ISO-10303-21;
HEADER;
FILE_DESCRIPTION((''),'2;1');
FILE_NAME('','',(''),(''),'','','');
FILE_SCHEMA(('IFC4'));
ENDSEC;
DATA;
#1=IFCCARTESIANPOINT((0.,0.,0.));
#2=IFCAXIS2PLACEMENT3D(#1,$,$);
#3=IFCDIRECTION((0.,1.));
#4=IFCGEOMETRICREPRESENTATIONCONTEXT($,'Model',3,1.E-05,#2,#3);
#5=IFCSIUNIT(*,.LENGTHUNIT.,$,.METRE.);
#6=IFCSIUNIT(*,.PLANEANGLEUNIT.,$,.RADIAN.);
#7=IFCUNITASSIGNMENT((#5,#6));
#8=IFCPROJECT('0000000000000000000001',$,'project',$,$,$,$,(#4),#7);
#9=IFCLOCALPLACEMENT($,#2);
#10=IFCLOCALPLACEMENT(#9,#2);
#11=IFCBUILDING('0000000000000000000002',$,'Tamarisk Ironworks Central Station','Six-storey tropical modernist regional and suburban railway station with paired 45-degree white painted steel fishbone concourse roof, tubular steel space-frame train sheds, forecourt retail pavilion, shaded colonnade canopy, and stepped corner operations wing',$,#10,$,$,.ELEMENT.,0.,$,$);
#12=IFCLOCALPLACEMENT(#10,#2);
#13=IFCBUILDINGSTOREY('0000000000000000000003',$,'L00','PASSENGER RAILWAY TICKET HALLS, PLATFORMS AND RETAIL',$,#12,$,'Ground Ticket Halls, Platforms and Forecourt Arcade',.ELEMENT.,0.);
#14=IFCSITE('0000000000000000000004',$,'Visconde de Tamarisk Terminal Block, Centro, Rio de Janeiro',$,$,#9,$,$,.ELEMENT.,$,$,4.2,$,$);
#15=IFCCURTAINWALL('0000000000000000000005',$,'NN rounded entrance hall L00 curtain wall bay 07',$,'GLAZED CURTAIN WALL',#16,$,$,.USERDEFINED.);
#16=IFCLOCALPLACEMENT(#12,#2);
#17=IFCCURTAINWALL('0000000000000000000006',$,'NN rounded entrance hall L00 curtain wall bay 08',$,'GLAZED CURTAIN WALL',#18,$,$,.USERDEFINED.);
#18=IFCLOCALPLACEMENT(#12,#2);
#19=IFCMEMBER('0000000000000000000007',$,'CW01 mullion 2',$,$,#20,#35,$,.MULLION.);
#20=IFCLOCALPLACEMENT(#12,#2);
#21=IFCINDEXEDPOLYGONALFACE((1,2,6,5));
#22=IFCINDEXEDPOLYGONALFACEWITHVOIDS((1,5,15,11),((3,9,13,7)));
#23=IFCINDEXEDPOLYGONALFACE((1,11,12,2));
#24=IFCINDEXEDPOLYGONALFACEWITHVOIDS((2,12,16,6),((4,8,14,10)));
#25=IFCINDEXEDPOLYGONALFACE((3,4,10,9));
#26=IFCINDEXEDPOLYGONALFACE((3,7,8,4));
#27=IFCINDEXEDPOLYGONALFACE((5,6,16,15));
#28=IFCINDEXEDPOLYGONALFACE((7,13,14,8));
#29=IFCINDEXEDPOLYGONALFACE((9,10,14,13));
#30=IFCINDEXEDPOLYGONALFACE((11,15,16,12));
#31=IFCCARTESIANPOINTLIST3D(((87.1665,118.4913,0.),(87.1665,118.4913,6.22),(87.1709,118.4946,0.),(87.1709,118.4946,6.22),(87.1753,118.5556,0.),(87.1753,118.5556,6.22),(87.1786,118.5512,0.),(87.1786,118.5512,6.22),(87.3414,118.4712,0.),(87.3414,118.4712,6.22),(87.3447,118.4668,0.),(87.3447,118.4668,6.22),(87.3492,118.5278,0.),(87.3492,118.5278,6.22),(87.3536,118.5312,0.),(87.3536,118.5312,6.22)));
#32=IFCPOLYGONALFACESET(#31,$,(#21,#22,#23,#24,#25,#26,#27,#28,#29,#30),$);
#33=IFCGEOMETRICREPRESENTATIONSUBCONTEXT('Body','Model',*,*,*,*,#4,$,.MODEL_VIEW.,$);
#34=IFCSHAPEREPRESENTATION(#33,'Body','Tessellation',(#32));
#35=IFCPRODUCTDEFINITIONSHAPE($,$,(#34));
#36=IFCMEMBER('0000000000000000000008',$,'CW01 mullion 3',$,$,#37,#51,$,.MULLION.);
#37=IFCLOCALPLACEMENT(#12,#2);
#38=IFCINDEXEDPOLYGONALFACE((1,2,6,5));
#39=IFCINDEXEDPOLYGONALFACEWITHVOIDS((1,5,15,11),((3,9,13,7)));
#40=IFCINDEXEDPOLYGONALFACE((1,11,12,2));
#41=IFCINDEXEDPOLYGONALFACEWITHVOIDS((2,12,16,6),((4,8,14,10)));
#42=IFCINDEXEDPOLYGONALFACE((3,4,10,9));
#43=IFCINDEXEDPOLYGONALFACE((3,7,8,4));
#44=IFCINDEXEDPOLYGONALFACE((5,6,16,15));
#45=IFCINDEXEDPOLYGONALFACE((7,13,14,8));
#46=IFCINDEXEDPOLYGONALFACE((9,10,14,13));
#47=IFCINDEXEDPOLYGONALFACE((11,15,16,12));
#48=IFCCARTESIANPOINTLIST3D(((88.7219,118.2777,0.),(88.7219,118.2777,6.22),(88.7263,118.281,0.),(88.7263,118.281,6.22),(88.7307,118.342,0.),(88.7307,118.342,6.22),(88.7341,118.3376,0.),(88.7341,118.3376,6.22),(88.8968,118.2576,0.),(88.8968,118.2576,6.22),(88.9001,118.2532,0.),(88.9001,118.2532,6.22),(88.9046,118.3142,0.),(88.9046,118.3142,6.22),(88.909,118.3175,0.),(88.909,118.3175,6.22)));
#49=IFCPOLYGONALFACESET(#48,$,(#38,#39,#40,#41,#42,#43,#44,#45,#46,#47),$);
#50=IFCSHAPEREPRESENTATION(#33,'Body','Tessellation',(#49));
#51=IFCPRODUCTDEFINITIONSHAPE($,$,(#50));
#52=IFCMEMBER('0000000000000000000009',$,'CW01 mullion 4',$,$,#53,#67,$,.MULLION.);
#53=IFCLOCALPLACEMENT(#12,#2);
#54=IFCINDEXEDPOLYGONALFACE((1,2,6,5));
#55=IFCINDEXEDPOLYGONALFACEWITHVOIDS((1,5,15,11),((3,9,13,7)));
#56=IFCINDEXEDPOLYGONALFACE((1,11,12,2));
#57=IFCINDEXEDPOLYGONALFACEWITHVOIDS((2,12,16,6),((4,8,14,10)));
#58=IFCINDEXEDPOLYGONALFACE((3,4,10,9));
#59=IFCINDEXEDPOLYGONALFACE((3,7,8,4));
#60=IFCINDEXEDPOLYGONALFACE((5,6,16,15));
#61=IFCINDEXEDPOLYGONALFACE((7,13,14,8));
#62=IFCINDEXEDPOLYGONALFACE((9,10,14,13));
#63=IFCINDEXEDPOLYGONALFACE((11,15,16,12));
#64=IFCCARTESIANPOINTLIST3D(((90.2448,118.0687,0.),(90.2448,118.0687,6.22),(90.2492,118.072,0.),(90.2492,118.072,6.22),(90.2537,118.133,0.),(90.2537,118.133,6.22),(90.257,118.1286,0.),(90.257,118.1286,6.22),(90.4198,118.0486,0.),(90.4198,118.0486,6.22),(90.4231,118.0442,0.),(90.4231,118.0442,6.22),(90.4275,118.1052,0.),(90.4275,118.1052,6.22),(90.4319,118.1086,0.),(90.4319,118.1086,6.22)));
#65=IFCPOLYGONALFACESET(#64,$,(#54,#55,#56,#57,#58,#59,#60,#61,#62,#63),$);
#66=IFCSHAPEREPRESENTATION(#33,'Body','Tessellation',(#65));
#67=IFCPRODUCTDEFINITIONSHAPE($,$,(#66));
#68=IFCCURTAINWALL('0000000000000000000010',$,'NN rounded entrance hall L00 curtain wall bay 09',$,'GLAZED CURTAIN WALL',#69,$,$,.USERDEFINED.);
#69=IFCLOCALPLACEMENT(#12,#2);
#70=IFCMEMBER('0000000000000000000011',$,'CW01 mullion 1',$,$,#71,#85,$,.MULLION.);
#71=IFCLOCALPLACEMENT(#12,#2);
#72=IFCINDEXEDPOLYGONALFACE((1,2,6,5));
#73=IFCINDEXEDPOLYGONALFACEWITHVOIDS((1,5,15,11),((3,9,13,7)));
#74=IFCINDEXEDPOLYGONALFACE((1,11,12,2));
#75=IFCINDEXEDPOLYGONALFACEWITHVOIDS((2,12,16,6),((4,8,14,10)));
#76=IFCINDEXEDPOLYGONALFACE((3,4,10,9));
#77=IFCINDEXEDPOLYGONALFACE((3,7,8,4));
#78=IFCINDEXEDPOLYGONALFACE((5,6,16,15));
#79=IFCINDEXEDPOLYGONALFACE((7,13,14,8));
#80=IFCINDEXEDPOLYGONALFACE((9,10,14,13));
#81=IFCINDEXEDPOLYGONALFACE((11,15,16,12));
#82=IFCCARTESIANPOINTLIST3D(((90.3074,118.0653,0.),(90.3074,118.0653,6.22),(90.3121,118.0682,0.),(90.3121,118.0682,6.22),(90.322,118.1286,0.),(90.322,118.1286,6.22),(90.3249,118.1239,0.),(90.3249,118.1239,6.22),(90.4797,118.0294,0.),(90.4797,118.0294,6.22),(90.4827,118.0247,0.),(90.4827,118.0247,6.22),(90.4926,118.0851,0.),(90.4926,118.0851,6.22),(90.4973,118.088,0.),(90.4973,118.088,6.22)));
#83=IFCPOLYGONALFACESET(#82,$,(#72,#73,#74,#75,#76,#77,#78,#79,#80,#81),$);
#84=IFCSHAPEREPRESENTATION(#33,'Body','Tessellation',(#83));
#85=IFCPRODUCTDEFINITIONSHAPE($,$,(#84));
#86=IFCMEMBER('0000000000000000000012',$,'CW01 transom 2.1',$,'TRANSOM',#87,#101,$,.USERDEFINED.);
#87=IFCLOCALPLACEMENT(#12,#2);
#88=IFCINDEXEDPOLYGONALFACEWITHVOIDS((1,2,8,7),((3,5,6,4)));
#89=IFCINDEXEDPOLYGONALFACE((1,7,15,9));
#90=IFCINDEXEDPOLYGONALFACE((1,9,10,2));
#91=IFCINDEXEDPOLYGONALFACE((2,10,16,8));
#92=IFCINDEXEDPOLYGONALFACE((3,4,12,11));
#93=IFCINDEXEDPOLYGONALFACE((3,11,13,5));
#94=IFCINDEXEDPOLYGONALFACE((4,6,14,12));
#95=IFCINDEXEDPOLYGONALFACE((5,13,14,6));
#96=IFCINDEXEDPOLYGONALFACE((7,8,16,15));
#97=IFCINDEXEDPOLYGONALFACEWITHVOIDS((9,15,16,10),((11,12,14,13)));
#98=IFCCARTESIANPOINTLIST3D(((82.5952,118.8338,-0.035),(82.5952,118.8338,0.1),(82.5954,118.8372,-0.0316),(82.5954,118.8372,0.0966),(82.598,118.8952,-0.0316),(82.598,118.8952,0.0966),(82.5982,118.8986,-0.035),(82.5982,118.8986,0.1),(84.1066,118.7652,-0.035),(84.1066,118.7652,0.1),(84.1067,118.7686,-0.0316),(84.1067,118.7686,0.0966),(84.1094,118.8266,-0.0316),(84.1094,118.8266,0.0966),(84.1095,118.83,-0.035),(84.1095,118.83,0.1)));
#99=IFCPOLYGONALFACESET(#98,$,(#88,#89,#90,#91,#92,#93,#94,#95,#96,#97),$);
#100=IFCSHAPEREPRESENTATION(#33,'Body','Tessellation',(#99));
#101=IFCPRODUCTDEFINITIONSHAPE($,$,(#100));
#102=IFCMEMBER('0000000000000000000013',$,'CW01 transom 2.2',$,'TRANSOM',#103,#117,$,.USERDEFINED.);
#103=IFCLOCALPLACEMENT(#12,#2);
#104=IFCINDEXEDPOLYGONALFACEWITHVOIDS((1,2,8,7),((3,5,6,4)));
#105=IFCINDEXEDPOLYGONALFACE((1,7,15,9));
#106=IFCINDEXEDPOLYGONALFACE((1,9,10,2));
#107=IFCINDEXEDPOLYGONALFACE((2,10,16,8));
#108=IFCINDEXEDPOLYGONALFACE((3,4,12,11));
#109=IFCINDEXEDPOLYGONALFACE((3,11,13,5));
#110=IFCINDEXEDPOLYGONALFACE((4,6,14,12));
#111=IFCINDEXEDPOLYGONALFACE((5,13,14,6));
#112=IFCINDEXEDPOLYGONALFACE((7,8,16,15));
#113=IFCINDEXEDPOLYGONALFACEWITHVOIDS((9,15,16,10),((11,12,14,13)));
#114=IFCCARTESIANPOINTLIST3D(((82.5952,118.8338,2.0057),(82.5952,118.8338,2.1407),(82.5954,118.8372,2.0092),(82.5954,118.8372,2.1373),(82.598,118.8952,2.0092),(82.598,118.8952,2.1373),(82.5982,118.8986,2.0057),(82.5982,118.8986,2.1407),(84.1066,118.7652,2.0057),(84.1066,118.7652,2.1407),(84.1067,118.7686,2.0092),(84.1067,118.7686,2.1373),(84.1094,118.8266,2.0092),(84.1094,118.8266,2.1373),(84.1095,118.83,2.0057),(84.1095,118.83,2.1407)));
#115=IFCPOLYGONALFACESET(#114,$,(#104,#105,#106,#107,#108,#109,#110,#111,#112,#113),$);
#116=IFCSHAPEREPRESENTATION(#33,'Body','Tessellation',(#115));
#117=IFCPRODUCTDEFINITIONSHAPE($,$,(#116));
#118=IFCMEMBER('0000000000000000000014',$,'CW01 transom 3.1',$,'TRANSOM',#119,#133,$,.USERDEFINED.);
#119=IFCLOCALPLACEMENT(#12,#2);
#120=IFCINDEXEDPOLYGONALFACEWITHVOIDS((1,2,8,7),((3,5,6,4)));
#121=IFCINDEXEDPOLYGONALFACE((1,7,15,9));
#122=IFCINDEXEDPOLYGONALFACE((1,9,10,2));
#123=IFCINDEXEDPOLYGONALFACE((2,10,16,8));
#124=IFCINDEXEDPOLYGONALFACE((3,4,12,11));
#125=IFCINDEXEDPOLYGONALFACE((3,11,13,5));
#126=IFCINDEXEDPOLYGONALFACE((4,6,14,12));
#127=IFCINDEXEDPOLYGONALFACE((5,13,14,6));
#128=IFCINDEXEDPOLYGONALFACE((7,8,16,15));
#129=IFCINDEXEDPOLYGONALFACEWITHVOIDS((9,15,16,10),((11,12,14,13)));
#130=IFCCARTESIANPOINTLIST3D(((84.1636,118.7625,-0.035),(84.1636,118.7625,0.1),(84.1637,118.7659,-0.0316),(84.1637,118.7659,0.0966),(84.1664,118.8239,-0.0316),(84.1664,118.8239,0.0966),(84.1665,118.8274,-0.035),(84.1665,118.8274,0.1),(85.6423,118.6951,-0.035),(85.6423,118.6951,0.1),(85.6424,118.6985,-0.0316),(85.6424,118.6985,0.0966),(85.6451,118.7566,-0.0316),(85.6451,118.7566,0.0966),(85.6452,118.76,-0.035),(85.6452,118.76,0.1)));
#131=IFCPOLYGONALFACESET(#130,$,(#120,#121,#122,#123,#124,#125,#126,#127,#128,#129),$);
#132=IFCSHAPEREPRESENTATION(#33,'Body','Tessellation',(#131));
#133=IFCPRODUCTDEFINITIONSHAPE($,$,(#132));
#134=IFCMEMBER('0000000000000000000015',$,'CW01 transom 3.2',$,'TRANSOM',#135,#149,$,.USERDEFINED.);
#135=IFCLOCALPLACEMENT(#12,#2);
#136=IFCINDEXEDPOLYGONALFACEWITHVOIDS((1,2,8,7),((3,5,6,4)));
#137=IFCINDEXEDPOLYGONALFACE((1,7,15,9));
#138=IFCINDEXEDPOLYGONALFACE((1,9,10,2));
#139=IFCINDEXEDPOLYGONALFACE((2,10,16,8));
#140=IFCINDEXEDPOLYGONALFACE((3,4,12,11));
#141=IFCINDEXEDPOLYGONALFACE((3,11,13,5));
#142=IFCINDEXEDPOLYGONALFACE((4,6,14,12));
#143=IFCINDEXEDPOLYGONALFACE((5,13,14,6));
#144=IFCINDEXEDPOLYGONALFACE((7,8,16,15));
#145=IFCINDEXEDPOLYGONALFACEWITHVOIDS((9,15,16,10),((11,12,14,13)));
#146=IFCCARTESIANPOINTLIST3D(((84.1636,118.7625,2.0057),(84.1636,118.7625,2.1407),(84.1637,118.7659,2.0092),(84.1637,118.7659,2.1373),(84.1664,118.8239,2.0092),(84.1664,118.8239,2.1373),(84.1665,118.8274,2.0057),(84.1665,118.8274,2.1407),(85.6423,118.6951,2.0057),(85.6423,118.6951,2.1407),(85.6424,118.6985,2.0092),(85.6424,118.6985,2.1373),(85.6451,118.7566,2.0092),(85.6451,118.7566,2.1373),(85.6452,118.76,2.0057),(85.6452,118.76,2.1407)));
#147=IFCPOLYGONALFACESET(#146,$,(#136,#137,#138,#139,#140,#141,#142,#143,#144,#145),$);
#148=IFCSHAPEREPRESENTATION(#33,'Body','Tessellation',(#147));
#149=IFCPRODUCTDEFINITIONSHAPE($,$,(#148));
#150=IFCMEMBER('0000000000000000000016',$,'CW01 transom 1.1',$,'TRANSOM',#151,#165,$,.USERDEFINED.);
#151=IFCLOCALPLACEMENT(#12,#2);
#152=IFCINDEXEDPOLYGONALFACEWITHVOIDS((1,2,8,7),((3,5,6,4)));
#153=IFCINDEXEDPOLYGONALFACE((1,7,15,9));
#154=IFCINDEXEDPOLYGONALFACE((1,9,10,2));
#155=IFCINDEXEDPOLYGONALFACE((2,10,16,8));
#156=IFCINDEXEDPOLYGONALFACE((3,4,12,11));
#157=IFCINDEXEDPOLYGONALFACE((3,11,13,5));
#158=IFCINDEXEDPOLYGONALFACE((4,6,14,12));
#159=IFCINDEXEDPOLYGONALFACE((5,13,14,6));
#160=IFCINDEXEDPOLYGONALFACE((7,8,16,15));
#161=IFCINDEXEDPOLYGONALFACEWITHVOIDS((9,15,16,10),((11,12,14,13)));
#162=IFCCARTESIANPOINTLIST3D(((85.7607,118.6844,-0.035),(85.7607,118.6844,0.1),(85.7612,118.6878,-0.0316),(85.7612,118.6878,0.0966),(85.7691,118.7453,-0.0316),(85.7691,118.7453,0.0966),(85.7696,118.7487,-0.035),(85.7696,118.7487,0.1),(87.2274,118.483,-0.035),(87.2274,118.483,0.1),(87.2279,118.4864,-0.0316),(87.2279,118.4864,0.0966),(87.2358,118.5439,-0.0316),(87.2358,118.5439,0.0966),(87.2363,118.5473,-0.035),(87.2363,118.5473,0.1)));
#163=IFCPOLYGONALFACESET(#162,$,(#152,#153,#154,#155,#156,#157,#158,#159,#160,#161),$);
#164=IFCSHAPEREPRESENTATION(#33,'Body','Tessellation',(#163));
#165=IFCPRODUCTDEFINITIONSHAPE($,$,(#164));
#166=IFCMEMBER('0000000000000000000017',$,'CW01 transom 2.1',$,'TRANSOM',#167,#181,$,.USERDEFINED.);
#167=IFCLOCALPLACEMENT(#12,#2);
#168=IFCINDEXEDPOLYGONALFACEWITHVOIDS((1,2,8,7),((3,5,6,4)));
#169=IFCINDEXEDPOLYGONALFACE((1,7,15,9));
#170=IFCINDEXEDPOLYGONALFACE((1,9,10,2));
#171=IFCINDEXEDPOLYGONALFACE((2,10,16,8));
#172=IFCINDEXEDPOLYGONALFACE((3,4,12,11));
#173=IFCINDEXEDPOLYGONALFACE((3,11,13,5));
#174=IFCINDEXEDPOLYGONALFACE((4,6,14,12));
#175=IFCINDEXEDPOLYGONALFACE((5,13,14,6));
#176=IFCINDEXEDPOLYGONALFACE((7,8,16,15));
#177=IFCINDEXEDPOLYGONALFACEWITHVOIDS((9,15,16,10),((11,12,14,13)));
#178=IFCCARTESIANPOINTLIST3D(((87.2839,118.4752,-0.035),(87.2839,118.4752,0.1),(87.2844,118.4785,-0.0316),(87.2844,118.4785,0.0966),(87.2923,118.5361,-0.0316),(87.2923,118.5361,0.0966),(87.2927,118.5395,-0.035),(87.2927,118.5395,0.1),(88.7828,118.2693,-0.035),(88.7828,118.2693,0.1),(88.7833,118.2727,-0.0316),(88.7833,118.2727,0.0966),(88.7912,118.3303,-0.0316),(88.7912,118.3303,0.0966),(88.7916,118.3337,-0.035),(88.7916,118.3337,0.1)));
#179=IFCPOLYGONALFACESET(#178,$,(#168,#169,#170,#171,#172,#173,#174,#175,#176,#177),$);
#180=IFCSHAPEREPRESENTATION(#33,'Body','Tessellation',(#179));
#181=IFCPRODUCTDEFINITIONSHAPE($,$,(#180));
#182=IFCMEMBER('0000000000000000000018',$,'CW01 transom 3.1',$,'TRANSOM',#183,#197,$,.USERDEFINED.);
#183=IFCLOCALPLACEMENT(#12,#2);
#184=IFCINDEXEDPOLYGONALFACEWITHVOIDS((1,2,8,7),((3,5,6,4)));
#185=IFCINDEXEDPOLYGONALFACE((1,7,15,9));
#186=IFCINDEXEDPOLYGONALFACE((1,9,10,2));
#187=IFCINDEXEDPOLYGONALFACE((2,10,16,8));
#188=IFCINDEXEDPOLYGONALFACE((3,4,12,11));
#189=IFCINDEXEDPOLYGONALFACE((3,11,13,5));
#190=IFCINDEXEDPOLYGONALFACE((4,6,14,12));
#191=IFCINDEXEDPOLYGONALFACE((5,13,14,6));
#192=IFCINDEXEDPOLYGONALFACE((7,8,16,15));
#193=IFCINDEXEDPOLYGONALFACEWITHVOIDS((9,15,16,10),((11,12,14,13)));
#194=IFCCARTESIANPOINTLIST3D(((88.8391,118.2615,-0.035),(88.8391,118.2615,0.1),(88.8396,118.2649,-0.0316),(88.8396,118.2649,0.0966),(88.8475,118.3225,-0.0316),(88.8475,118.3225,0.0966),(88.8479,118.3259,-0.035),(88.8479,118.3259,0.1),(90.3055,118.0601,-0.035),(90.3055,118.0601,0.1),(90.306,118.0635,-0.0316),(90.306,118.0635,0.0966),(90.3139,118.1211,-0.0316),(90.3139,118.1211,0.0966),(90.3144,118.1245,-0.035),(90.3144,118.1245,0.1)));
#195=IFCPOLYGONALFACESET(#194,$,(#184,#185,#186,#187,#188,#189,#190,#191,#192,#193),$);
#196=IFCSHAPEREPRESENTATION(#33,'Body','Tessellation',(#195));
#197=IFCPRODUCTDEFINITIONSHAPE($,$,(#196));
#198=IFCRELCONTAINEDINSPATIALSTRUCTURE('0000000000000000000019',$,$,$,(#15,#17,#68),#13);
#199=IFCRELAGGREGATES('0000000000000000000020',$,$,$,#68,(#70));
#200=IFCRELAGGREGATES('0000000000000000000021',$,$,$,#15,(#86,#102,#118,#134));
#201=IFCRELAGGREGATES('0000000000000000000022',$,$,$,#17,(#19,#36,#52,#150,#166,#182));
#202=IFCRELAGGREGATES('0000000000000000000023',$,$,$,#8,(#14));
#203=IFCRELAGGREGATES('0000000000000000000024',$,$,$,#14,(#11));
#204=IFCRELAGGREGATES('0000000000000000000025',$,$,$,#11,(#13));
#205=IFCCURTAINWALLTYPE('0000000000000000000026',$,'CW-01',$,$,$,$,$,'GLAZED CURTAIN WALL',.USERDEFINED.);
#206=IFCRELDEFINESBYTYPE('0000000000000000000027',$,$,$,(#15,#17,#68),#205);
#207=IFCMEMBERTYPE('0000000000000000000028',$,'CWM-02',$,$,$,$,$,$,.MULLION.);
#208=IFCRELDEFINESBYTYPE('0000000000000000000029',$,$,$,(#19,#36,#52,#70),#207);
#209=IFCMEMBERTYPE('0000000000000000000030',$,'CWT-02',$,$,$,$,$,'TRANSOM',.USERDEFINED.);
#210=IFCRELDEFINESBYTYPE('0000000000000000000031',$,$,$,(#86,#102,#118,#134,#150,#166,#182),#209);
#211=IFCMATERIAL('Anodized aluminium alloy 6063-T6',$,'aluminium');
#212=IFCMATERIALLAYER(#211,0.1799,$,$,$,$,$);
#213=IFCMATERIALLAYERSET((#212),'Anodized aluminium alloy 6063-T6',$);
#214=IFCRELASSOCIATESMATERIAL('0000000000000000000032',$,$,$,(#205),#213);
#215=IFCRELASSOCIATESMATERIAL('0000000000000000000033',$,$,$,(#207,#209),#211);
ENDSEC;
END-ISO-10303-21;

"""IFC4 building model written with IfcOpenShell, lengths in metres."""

from ifc_helpers import new_model, si_unit, direction, frame, origin, origin_2d, place, context, subcontext, project, spatial, hollow_rectangle, extrude, material, layer, layer_set, material_profile, profile_set, type_object, element, aggregate, save


model = new_model("IFC4")

# Units and contexts
model_context = context("Model", 3, precision=1e-05, world=origin(), true_north=direction((0.0, 1.0)))
body_context = subcontext(model_context, "Body", "Model", "MODEL_VIEW")
ifc_project = project(units=[si_unit("LENGTHUNIT", "METRE"), si_unit("PLANEANGLEUNIT", "RADIAN")], contexts=[model_context])

# Site, building, storey
site_placement = place(None, origin())
site = spatial("IfcSite", under=ifc_project, at=site_placement, Name="Visconde de Tamarisk Terminal Block, Centro, Rio de Janeiro", CompositionType="ELEMENT", RefElevation=4.2)
building_placement = place(site_placement, origin())
building = spatial("IfcBuilding", under=site, at=building_placement, Name="Tamarisk Ironworks Central Station", Description="Six-storey tropical modernist regional and suburban railway station with paired 45-degree white painted steel fishbone concourse roof, tubular steel space-frame train sheds, forecourt retail pavilion, shaded colonnade canopy, and stepped corner operations wing", CompositionType="ELEMENT", ElevationOfRefHeight=0.0)
storey_placement = place(building_placement, origin())
storey = spatial("IfcBuildingStorey", under=building, at=storey_placement, Name="L00", Description="PASSENGER RAILWAY TICKET HALLS, PLATFORMS AND RETAIL", LongName="Ground Ticket Halls, Platforms and Forecourt Arcade", CompositionType="ELEMENT", Elevation=0.0)

# Curtain walls, members
ifc_material_1 = material(Name="Anodized aluminium alloy 6063-T6", Category="aluminium")
ifc_layer_1 = layer(ifc_material_1, 0.1799)
ifc_layer_set_1 = layer_set([ifc_layer_1], Name="Anodized aluminium alloy 6063-T6")
curtain_wall_type = type_object("IfcCurtainWallType", Name="CW-01", ElementType="GLAZED CURTAIN WALL", PredefinedType="USERDEFINED", material=ifc_layer_set_1)
curtain_wall_1_placement = place(storey_placement, origin())
curtain_wall_1 = element("IfcCurtainWall", 1, at=curtain_wall_1_placement, inside=storey, type_object=curtain_wall_type, Name="NN rounded entrance hall L00 curtain wall bay 07", ObjectType="GLAZED CURTAIN WALL", PredefinedType="USERDEFINED")
ifc_material_profile_1 = material_profile(ifc_material_1, hollow_rectangle(XDim=0.0649, YDim=0.1799, WallThickness=0.0039, at=origin_2d()), Name="ALUM 180x65")
ifc_profile_set_1 = profile_set([ifc_material_profile_1], Name="Anodized aluminium alloy 6063-T6")
member_type_1 = type_object("IfcMemberType", Name="CWM-02", PredefinedType="MULLION", material=ifc_profile_set_1)
curtain_wall_2_placement = place(storey_placement, origin())
curtain_wall_2 = element("IfcCurtainWall", 2, at=curtain_wall_2_placement, inside=storey, type_object=curtain_wall_type, Name="NN rounded entrance hall L00 curtain wall bay 08", ObjectType="GLAZED CURTAIN WALL", PredefinedType="USERDEFINED")
member_1_placement = place(storey_placement, frame((87.26, 118.5112, 0.0), z_axis=(0.0, 0.0, 1.0), x_axis=(0.136042, 0.990703, 0.0)))
member_1 = element("IfcMember", 3, at=member_1_placement, type_object=member_type_1, Name="CW01 mullion 2", PredefinedType="MULLION", context=body_context, shape_type="SweptSolid", body=[
    extrude(hollow_rectangle(XDim=0.0649, YDim=0.1799, WallThickness=0.0039, at=origin_2d()), origin(), (0.0, 0.0, 1.0), 6.22),
])
member_2_placement = place(storey_placement, frame((88.8154, 118.2976, 0.0), z_axis=(0.0, 0.0, 1.0), x_axis=(0.136042, 0.990703, 0.0)))
member_2 = element("IfcMember", 4, at=member_2_placement, type_object=member_type_1, Name="CW01 mullion 3", PredefinedType="MULLION", context=body_context, shape_type="SweptSolid", body=[
    extrude(hollow_rectangle(XDim=0.0649, YDim=0.1799, WallThickness=0.0039, at=origin_2d()), origin(), (0.0, 0.0, 1.0), 6.22),
])
member_3_placement = place(storey_placement, frame((90.3384, 118.0886, 0.0), z_axis=(0.0, 0.0, 1.0), x_axis=(0.136042, 0.990703, 0.0)))
member_3 = element("IfcMember", 5, at=member_3_placement, type_object=member_type_1, Name="CW01 mullion 4", PredefinedType="MULLION", context=body_context, shape_type="SweptSolid", body=[
    extrude(hollow_rectangle(XDim=0.0649, YDim=0.1799, WallThickness=0.0039, at=origin_2d()), origin(), (0.0, 0.0, 1.0), 6.22),
])

# Curtain wall, member
curtain_wall_3_placement = place(storey_placement, origin())
curtain_wall_3 = element("IfcCurtainWall", 6, at=curtain_wall_3_placement, inside=storey, type_object=curtain_wall_type, Name="NN rounded entrance hall L00 curtain wall bay 09", ObjectType="GLAZED CURTAIN WALL", PredefinedType="USERDEFINED")
member_4_placement = place(storey_placement, frame((90.4023, 118.0767, 0.0), z_axis=(0.0, 0.0, 1.0), x_axis=(0.225517, 0.974239, 0.0)))
member_4 = element("IfcMember", 7, at=member_4_placement, type_object=member_type_1, Name="CW01 mullion 1", PredefinedType="MULLION", context=body_context, shape_type="SweptSolid", body=[
    extrude(hollow_rectangle(XDim=0.0649, YDim=0.1799, WallThickness=0.0039, at=origin_2d()), origin(), (0.0, 0.0, 1.0), 6.22),
])

# Members
ifc_material_profile_2 = material_profile(ifc_material_1, hollow_rectangle(XDim=0.0649, YDim=0.135, WallThickness=0.0034, at=origin_2d()), Name="ALUM 135x65")
ifc_profile_set_2 = profile_set([ifc_material_profile_2], Name="Anodized aluminium alloy 6063-T6")
member_type_2 = type_object("IfcMemberType", Name="CWT-02", ElementType="TRANSOM", PredefinedType="USERDEFINED", material=ifc_profile_set_2)
member_5_placement = place(storey_placement, frame((82.5967, 118.8662, 0.0325), z_axis=(0.998972, -0.045342, 0.0), x_axis=(0.045342, 0.998972, 0.0)))
member_5 = element("IfcMember", 8, at=member_5_placement, type_object=member_type_2, Name="CW01 transom 2.1", ObjectType="TRANSOM", PredefinedType="USERDEFINED", context=body_context, shape_type="SweptSolid", body=[
    extrude(hollow_rectangle(XDim=0.0649, YDim=0.135, WallThickness=0.0034, at=origin_2d()), origin(), (0.0, 0.0, 1.0), 1.5129),
])
member_6_placement = place(storey_placement, frame((82.5967, 118.8662, 2.0732), z_axis=(0.998972, -0.045342, 0.0), x_axis=(0.045342, 0.998972, 0.0)))
member_6 = element("IfcMember", 9, at=member_6_placement, type_object=member_type_2, Name="CW01 transom 2.2", ObjectType="TRANSOM", PredefinedType="USERDEFINED", context=body_context, shape_type="SweptSolid", body=[
    extrude(hollow_rectangle(XDim=0.0649, YDim=0.135, WallThickness=0.0034, at=origin_2d()), origin(), (0.0, 0.0, 1.0), 1.5129),
])
member_7_placement = place(storey_placement, frame((84.165, 118.7949, 0.0325), z_axis=(0.998963, -0.04552, 0.0), x_axis=(0.04552, 0.998963, 0.0)))
member_7 = element("IfcMember", 10, at=member_7_placement, type_object=member_type_2, Name="CW01 transom 3.1", ObjectType="TRANSOM", PredefinedType="USERDEFINED", context=body_context, shape_type="SweptSolid", body=[
    extrude(hollow_rectangle(XDim=0.0649, YDim=0.135, WallThickness=0.0034, at=origin_2d()), origin(), (0.0, 0.0, 1.0), 1.4802),
])
member_8_placement = place(storey_placement, frame((84.165, 118.7949, 2.0732), z_axis=(0.998963, -0.04552, 0.0), x_axis=(0.04552, 0.998963, 0.0)))
member_8 = element("IfcMember", 11, at=member_8_placement, type_object=member_type_2, Name="CW01 transom 3.2", ObjectType="TRANSOM", PredefinedType="USERDEFINED", context=body_context, shape_type="SweptSolid", body=[
    extrude(hollow_rectangle(XDim=0.0649, YDim=0.135, WallThickness=0.0034, at=origin_2d()), origin(), (0.0, 0.0, 1.0), 1.4802),
])
member_9_placement = place(storey_placement, frame((85.7651, 118.7166, 0.0325), z_axis=(0.990703, -0.13604, 0.0), x_axis=(0.13604, 0.990703, 0.0)))
member_9 = element("IfcMember", 12, at=member_9_placement, type_object=member_type_2, Name="CW01 transom 1.1", ObjectType="TRANSOM", PredefinedType="USERDEFINED", context=body_context, shape_type="SweptSolid", body=[
    extrude(hollow_rectangle(XDim=0.0649, YDim=0.135, WallThickness=0.0034, at=origin_2d()), origin(), (0.0, 0.0, 1.0), 1.4805),
])
member_10_placement = place(storey_placement, frame((87.2883, 118.5073, 0.0325), z_axis=(0.990703, -0.136042, 0.0), x_axis=(0.136042, 0.990703, 0.0)))
member_10 = element("IfcMember", 13, at=member_10_placement, type_object=member_type_2, Name="CW01 transom 2.1", ObjectType="TRANSOM", PredefinedType="USERDEFINED", context=body_context, shape_type="SweptSolid", body=[
    extrude(hollow_rectangle(XDim=0.0649, YDim=0.135, WallThickness=0.0034, at=origin_2d()), origin(), (0.0, 0.0, 1.0), 1.5129),
])
member_11_placement = place(storey_placement, frame((88.8435, 118.2937, 0.0325), z_axis=(0.9907, -0.136063, 0.0), x_axis=(0.136063, 0.9907, 0.0)))
member_11 = element("IfcMember", 14, at=member_11_placement, type_object=member_type_2, Name="CW01 transom 3.1", ObjectType="TRANSOM", PredefinedType="USERDEFINED", context=body_context, shape_type="SweptSolid", body=[
    extrude(hollow_rectangle(XDim=0.0649, YDim=0.135, WallThickness=0.0034, at=origin_2d()), origin(), (0.0, 0.0, 1.0), 1.4802),
])
aggregate(curtain_wall_3, [member_4])

aggregate(curtain_wall_1, [member_5, member_6, member_7, member_8])
aggregate(curtain_wall_2, [member_1, member_2, member_3, member_9, member_10, member_11])

save(model, "model.ifc")
